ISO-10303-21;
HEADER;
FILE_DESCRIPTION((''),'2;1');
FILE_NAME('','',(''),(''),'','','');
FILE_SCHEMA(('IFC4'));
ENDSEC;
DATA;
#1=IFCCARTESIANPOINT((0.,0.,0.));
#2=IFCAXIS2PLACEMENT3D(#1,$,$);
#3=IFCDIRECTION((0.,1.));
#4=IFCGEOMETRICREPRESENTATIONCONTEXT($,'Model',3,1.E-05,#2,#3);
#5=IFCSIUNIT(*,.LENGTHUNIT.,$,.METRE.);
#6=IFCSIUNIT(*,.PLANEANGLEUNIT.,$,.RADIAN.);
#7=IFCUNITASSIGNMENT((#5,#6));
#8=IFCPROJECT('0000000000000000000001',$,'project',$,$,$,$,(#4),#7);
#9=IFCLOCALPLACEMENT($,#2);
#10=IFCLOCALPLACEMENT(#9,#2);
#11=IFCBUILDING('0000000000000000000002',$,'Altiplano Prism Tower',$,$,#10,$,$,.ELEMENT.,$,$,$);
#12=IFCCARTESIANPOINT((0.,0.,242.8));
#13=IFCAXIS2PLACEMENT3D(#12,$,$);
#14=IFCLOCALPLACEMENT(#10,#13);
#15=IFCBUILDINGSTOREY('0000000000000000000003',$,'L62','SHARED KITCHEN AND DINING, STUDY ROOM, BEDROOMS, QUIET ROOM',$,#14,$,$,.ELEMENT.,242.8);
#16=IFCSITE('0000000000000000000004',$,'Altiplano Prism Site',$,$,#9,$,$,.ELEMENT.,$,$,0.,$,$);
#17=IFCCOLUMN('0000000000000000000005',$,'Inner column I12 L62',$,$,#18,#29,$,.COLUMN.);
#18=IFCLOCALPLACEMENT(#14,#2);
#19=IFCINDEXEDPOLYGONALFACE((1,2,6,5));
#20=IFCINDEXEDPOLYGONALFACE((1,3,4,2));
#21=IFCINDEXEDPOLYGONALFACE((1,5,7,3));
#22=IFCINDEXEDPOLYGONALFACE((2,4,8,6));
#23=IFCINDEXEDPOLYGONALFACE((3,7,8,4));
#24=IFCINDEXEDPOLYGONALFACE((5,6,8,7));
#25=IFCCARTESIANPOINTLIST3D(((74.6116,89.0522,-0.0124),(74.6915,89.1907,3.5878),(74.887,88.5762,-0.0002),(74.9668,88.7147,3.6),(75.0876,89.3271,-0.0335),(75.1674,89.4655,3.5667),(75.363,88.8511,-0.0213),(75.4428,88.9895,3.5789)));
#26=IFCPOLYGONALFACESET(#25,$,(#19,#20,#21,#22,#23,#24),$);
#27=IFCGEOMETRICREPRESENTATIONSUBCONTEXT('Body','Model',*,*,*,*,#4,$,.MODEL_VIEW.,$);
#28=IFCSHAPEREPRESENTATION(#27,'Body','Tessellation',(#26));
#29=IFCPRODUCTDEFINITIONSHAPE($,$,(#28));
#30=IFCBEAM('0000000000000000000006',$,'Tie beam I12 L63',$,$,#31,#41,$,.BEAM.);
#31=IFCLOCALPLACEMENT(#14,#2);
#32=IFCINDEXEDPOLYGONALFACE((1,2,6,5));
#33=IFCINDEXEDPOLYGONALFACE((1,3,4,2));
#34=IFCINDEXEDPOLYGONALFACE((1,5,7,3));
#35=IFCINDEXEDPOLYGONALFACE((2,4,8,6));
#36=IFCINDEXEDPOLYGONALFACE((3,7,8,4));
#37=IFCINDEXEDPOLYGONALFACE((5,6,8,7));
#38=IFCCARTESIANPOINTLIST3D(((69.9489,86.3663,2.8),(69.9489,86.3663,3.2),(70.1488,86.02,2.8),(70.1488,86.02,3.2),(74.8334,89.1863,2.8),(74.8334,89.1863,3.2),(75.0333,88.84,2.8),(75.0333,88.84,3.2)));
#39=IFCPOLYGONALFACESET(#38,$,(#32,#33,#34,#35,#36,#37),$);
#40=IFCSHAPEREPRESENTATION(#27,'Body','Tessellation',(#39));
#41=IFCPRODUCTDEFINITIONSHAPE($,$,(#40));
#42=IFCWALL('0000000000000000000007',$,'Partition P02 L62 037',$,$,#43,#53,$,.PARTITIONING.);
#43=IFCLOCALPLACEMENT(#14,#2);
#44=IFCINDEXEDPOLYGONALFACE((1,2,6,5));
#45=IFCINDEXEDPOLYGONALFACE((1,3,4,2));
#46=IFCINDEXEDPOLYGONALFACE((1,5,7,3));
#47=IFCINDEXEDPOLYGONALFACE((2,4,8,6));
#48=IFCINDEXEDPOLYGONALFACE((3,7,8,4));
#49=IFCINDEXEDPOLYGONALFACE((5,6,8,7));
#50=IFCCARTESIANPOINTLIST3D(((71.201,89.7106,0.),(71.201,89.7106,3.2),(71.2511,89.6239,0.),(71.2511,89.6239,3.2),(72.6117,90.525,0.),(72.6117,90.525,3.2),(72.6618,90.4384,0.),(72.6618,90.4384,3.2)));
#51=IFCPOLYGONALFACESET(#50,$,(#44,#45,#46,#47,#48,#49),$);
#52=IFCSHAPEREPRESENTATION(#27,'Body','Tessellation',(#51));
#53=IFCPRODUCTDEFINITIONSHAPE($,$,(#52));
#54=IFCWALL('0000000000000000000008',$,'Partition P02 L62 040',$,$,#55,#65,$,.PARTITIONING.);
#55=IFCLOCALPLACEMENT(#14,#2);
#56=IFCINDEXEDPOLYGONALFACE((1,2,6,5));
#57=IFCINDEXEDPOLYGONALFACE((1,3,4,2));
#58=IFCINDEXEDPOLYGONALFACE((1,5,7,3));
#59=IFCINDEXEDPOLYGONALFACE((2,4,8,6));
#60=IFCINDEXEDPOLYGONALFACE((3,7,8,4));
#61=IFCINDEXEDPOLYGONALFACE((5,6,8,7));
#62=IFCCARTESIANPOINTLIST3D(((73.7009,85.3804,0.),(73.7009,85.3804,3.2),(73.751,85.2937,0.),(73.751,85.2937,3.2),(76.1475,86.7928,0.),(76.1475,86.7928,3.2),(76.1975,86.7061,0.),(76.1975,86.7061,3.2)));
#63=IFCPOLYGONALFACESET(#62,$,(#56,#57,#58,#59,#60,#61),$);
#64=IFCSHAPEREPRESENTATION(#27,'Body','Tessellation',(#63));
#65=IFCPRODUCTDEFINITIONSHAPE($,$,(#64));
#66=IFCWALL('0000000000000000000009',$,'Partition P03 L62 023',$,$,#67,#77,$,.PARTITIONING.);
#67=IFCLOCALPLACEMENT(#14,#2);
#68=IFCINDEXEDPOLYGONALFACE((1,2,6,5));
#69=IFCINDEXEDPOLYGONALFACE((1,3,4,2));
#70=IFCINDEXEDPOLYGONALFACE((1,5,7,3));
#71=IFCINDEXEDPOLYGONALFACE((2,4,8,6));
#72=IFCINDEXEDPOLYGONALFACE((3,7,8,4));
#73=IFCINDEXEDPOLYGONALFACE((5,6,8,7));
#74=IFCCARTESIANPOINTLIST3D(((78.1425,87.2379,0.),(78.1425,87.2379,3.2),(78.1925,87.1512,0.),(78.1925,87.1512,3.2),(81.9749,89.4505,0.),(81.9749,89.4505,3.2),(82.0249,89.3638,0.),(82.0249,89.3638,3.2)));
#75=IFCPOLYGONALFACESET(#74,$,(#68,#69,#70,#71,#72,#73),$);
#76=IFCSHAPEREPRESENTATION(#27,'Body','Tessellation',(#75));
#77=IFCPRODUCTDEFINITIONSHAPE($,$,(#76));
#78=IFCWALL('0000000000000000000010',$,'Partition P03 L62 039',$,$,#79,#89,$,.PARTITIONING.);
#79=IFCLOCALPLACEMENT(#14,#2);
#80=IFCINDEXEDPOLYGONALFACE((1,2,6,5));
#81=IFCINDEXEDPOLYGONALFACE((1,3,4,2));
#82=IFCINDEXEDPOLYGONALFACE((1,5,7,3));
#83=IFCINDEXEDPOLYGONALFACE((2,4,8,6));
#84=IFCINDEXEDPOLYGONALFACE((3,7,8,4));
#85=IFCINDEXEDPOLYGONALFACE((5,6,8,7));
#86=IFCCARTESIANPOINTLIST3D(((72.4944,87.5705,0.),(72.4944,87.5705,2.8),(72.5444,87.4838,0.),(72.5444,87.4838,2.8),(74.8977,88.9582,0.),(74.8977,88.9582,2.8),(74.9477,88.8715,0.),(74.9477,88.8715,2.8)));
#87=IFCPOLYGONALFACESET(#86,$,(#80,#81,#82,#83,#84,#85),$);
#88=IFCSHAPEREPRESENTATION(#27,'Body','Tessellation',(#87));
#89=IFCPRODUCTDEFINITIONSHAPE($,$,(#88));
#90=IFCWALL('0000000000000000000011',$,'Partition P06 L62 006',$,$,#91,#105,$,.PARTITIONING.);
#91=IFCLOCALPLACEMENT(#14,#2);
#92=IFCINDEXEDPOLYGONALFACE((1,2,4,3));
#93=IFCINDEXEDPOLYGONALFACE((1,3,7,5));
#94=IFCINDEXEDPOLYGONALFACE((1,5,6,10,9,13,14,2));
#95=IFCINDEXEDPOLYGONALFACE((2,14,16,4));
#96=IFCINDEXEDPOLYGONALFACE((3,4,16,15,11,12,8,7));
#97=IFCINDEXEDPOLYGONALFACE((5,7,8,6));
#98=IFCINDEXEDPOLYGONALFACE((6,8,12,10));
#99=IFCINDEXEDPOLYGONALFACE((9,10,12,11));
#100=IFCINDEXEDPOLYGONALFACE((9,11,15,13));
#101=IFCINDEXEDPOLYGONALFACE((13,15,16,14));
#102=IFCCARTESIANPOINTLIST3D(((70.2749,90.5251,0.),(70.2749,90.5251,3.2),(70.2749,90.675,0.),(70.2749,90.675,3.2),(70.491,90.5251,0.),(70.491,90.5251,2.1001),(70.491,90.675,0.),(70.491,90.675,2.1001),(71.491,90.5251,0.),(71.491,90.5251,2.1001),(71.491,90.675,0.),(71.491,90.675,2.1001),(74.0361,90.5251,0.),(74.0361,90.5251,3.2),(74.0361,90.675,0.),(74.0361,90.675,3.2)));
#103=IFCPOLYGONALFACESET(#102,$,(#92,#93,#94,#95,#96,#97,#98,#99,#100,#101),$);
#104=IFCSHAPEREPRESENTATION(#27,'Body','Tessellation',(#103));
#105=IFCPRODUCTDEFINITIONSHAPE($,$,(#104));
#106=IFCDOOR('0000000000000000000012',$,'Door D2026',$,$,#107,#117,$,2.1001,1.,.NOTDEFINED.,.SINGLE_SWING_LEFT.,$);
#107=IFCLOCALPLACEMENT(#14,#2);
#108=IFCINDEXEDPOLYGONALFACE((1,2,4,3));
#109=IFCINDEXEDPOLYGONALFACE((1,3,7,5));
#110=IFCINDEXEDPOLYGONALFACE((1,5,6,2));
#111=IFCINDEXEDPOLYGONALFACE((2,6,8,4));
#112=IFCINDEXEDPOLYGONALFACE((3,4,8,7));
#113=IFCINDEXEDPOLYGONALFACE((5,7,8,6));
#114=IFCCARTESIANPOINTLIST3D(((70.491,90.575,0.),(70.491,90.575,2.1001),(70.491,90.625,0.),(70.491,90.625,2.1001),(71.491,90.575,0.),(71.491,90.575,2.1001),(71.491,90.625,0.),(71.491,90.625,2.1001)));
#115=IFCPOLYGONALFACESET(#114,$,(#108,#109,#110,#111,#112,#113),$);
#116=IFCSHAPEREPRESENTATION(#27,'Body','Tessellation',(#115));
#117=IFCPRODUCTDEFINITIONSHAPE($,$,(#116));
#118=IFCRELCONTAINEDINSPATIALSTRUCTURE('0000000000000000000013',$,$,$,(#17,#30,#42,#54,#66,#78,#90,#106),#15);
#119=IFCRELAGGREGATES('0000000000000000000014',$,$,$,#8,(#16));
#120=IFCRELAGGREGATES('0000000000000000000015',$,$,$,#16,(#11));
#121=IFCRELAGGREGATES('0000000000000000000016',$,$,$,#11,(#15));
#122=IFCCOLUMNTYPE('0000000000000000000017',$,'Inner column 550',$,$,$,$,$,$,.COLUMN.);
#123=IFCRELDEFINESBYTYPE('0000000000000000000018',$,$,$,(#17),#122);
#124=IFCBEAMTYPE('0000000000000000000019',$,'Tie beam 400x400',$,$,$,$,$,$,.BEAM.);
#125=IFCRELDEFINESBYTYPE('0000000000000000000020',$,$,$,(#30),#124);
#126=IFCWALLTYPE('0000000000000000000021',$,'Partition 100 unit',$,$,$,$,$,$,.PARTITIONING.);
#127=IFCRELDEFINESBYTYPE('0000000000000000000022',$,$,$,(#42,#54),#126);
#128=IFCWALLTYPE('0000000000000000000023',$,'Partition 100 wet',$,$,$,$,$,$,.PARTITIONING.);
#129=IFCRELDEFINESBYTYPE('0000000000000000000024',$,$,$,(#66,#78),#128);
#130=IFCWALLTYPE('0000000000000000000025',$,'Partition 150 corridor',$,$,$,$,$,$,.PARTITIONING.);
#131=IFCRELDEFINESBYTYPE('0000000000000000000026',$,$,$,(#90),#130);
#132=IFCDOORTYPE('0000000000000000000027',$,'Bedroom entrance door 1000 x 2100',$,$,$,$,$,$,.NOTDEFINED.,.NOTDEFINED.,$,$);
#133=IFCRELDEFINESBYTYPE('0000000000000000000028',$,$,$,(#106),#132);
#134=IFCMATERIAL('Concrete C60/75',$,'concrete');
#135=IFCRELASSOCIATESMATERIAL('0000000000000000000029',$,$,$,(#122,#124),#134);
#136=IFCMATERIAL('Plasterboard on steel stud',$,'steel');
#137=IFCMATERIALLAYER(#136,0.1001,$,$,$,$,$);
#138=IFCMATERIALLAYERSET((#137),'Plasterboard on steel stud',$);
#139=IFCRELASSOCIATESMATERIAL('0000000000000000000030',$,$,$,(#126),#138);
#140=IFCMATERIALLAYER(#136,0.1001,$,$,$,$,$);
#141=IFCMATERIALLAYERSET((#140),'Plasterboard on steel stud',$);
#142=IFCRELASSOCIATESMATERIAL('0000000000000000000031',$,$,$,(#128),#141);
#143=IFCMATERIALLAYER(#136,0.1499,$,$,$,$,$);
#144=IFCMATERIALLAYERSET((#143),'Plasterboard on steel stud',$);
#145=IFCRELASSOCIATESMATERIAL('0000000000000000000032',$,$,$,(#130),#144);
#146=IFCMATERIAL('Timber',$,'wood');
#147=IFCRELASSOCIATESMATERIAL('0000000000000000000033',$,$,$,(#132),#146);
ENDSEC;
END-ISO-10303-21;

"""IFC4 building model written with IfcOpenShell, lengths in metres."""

from ifc_helpers import new_model, si_unit, direction, frame, frame_2d, origin, origin_2d, place, context, subcontext, project, spatial, rectangle, extrude, material, layer, layer_set, material_profile, profile_set, type_object, element, fill, save


model = new_model("IFC4")

# Units and contexts
model_context = context("Model", 3, precision=1e-05, world=origin(), true_north=direction((0.0, 1.0)))
body_context = subcontext(model_context, "Body", "Model", "MODEL_VIEW")
ifc_project = project(units=[si_unit("LENGTHUNIT", "METRE"), si_unit("PLANEANGLEUNIT", "RADIAN")], contexts=[model_context])

# Site, building, storey
site_placement = place(None, origin())
site = spatial("IfcSite", under=ifc_project, at=site_placement, Name="Altiplano Prism Site", CompositionType="ELEMENT", RefElevation=0.0)
building_placement = place(site_placement, origin())
building = spatial("IfcBuilding", under=site, at=building_placement, Name="Altiplano Prism Tower", CompositionType="ELEMENT")
storey_placement = place(building_placement, frame((0.0, 0.0, 242.8)))
storey = spatial("IfcBuildingStorey", under=building, at=storey_placement, Name="L62", Description="SHARED KITCHEN AND DINING, STUDY ROOM, BEDROOMS, QUIET ROOM", CompositionType="ELEMENT", Elevation=242.8)

# Column
ifc_material_1 = material(Name="Concrete C60/75", Category="concrete")
ifc_material_profile_1 = material_profile(ifc_material_1, rectangle(XDim=0.55, YDim=0.55, at=origin_2d()), Name="Inner column 550")
ifc_profile_set_1 = profile_set([ifc_material_profile_1], Name="Concrete C60/75")
column_type = type_object("IfcColumnType", Name="Inner column 550", PredefinedType="COLUMN", material=ifc_profile_set_1)
column_placement = place(storey_placement, frame((74.9873, 88.9517, -0.0168), z_axis=(0.022154, 0.038413, 0.999016), x_axis=(-0.865365, -0.499669, 0.038403)))
element("IfcColumn", 1, at=column_placement, inside=storey, type_object=column_type, Name="Inner column I12 L62", PredefinedType="COLUMN", context=body_context, shape_type="SweptSolid", body=[
    extrude(rectangle(XDim=0.55, YDim=0.55, at=origin_2d()), origin(), (0.0, 0.0, 1.0), 3.6038),
])

# Beam
ifc_material_profile_2 = material_profile(ifc_material_1, rectangle(XDim=0.3999, YDim=0.3999, at=origin_2d()), Name="Tie beam 400x400")
ifc_profile_set_2 = profile_set([ifc_material_profile_2], Name="Concrete C60/75")
beam_type = type_object("IfcBeamType", Name="Tie beam 400x400", PredefinedType="BEAM", material=ifc_profile_set_2)
beam_placement = place(storey_placement, frame((74.9333, 89.0132, 3.0), z_axis=(-0.866026, -0.499998, 0.0), x_axis=(0.499998, -0.866026, 0.0)))
element("IfcBeam", 2, at=beam_placement, inside=storey, type_object=beam_type, Name="Tie beam I12 L63", PredefinedType="BEAM", context=body_context, shape_type="SweptSolid", body=[
    extrude(rectangle(XDim=0.3999, YDim=0.3999, at=origin_2d()), origin(), (0.0, 0.0, 1.0), 5.6401),
])

# Walls
ifc_material_2 = material(Name="Plasterboard on steel stud", Category="steel")
ifc_layer_1 = layer(ifc_material_2, 0.1001)
ifc_layer_set_1 = layer_set([ifc_layer_1], Name="Plasterboard on steel stud")
wall_type_1 = type_object("IfcWallType", Name="Partition 100 unit", PredefinedType="PARTITIONING", material=ifc_layer_set_1)
wall_1_placement = place(storey_placement, frame((71.2261, 89.6672, 0.0), z_axis=(0.0, 0.0, 1.0), x_axis=(0.866021, 0.500008, 0.0)))
element("IfcWall", 3, at=wall_1_placement, inside=storey, type_object=wall_type_1, Name="Partition P02 L62 037", PredefinedType="PARTITIONING", context=body_context, shape_type="SweptSolid", body=[
    extrude(rectangle(XDim=1.6289, YDim=0.1001, at=frame_2d((0.8145, 0.0))), origin(), (0.0, 0.0, 1.0), 3.2),
])
wall_2_placement = place(storey_placement, frame((76.1726, 86.7495, 0.0), z_axis=(0.0, 0.0, 1.0), x_axis=(-0.866049, -0.499959, 0.0)))
element("IfcWall", 4, at=wall_2_placement, inside=storey, type_object=wall_type_1, Name="Partition P02 L62 040", PredefinedType="PARTITIONING", context=body_context, shape_type="SweptSolid", body=[
    extrude(rectangle(XDim=2.825, YDim=0.1001, at=frame_2d((1.4126, 0.0))), origin(), (0.0, 0.0, 1.0), 3.2),
])
ifc_layer_2 = layer(ifc_material_2, 0.1001)
ifc_layer_set_2 = layer_set([ifc_layer_2], Name="Plasterboard on steel stud")
wall_type_2 = type_object("IfcWallType", Name="Partition 100 wet", PredefinedType="PARTITIONING", material=ifc_layer_set_2)
wall_3_placement = place(storey_placement, frame((78.1675, 87.1946, 0.0), z_axis=(0.0, 0.0, 1.0), x_axis=(0.866031, 0.49999, 0.0)))
element("IfcWall", 5, at=wall_3_placement, inside=storey, type_object=wall_type_2, Name="Partition P03 L62 023", PredefinedType="PARTITIONING", context=body_context, shape_type="SweptSolid", body=[
    extrude(rectangle(XDim=4.4253, YDim=0.1001, at=frame_2d((2.2126, 0.0))), origin(), (0.0, 0.0, 1.0), 3.2),
])
wall_4_placement = place(storey_placement, frame((72.5193, 87.5271, 0.0), z_axis=(0.0, 0.0, 1.0), x_axis=(0.866004, 0.500037, 0.0)))
element("IfcWall", 6, at=wall_4_placement, inside=storey, type_object=wall_type_2, Name="Partition P03 L62 039", PredefinedType="PARTITIONING", context=body_context, shape_type="SweptSolid", body=[
    extrude(rectangle(XDim=2.7751, YDim=0.1001, at=frame_2d((1.3877, 0.0))), origin(), (0.0, 0.0, 1.0), 2.8),
])

# Wall, opening, door
ifc_layer_3 = layer(ifc_material_2, 0.1499)
ifc_layer_set_3 = layer_set([ifc_layer_3], Name="Plasterboard on steel stud")
wall_type_3 = type_object("IfcWallType", Name="Partition 150 corridor", PredefinedType="PARTITIONING", material=ifc_layer_set_3)
wall_5_placement = place(storey_placement, frame((70.2749, 90.6001, 0.0), z_axis=(0.0, 0.0, 1.0), x_axis=(1.0, 0.0, 0.0)))
wall_5 = element("IfcWall", 7, at=wall_5_placement, inside=storey, type_object=wall_type_3, Name="Partition P06 L62 006", PredefinedType="PARTITIONING", context=body_context, shape_type="SweptSolid", body=[
    extrude(rectangle(XDim=3.7612, YDim=0.1499, at=frame_2d((1.8806, 0.0))), origin(), (0.0, 0.0, 1.0), 3.2),
])
opening_1_placement = place(wall_5_placement, frame((0.2161, 0.0, 0.0)))
opening_1 = element("IfcOpeningElement", 8, at=opening_1_placement, cuts=wall_5, PredefinedType="OPENING", context=body_context, shape_type="SweptSolid", body=[
    extrude(rectangle(XDim=1.0, YDim=2.1001, at=frame_2d((0.5, 1.05))), frame((0.0, 0.0854, 0.0), z_axis=(0.0, -1.0, 0.0), x_axis=(1.0, 0.0, 0.0)), (0.0, 0.0, 1.0), 0.1709),
])
ifc_material_3 = material(Name="Timber", Category="wood")
door_type_1 = type_object("IfcDoorType", Name="Bedroom entrance door 1000 x 2100", OperationType="NOTDEFINED", PredefinedType="NOTDEFINED", material=ifc_material_3)
door_1_placement = place(opening_1_placement, origin())
door_1 = element("IfcDoor", 9, at=door_1_placement, inside=storey, type_object=door_type_1, Name="Door D2026", OperationType="SINGLE_SWING_LEFT", OverallHeight=2.1001, OverallWidth=1.0, PredefinedType="NOTDEFINED", context=body_context, shape_type="SweptSolid", body=[
    extrude(rectangle(XDim=1.0, YDim=2.1001, at=frame_2d((0.5, 1.05))), frame((0.0, 0.0249, 0.0), z_axis=(0.0, -1.0, 0.0), x_axis=(1.0, 0.0, 0.0)), (0.0, 0.0, 1.0), 0.05),
])
fill(opening_1, door_1)

save(model, "model.ifc")
